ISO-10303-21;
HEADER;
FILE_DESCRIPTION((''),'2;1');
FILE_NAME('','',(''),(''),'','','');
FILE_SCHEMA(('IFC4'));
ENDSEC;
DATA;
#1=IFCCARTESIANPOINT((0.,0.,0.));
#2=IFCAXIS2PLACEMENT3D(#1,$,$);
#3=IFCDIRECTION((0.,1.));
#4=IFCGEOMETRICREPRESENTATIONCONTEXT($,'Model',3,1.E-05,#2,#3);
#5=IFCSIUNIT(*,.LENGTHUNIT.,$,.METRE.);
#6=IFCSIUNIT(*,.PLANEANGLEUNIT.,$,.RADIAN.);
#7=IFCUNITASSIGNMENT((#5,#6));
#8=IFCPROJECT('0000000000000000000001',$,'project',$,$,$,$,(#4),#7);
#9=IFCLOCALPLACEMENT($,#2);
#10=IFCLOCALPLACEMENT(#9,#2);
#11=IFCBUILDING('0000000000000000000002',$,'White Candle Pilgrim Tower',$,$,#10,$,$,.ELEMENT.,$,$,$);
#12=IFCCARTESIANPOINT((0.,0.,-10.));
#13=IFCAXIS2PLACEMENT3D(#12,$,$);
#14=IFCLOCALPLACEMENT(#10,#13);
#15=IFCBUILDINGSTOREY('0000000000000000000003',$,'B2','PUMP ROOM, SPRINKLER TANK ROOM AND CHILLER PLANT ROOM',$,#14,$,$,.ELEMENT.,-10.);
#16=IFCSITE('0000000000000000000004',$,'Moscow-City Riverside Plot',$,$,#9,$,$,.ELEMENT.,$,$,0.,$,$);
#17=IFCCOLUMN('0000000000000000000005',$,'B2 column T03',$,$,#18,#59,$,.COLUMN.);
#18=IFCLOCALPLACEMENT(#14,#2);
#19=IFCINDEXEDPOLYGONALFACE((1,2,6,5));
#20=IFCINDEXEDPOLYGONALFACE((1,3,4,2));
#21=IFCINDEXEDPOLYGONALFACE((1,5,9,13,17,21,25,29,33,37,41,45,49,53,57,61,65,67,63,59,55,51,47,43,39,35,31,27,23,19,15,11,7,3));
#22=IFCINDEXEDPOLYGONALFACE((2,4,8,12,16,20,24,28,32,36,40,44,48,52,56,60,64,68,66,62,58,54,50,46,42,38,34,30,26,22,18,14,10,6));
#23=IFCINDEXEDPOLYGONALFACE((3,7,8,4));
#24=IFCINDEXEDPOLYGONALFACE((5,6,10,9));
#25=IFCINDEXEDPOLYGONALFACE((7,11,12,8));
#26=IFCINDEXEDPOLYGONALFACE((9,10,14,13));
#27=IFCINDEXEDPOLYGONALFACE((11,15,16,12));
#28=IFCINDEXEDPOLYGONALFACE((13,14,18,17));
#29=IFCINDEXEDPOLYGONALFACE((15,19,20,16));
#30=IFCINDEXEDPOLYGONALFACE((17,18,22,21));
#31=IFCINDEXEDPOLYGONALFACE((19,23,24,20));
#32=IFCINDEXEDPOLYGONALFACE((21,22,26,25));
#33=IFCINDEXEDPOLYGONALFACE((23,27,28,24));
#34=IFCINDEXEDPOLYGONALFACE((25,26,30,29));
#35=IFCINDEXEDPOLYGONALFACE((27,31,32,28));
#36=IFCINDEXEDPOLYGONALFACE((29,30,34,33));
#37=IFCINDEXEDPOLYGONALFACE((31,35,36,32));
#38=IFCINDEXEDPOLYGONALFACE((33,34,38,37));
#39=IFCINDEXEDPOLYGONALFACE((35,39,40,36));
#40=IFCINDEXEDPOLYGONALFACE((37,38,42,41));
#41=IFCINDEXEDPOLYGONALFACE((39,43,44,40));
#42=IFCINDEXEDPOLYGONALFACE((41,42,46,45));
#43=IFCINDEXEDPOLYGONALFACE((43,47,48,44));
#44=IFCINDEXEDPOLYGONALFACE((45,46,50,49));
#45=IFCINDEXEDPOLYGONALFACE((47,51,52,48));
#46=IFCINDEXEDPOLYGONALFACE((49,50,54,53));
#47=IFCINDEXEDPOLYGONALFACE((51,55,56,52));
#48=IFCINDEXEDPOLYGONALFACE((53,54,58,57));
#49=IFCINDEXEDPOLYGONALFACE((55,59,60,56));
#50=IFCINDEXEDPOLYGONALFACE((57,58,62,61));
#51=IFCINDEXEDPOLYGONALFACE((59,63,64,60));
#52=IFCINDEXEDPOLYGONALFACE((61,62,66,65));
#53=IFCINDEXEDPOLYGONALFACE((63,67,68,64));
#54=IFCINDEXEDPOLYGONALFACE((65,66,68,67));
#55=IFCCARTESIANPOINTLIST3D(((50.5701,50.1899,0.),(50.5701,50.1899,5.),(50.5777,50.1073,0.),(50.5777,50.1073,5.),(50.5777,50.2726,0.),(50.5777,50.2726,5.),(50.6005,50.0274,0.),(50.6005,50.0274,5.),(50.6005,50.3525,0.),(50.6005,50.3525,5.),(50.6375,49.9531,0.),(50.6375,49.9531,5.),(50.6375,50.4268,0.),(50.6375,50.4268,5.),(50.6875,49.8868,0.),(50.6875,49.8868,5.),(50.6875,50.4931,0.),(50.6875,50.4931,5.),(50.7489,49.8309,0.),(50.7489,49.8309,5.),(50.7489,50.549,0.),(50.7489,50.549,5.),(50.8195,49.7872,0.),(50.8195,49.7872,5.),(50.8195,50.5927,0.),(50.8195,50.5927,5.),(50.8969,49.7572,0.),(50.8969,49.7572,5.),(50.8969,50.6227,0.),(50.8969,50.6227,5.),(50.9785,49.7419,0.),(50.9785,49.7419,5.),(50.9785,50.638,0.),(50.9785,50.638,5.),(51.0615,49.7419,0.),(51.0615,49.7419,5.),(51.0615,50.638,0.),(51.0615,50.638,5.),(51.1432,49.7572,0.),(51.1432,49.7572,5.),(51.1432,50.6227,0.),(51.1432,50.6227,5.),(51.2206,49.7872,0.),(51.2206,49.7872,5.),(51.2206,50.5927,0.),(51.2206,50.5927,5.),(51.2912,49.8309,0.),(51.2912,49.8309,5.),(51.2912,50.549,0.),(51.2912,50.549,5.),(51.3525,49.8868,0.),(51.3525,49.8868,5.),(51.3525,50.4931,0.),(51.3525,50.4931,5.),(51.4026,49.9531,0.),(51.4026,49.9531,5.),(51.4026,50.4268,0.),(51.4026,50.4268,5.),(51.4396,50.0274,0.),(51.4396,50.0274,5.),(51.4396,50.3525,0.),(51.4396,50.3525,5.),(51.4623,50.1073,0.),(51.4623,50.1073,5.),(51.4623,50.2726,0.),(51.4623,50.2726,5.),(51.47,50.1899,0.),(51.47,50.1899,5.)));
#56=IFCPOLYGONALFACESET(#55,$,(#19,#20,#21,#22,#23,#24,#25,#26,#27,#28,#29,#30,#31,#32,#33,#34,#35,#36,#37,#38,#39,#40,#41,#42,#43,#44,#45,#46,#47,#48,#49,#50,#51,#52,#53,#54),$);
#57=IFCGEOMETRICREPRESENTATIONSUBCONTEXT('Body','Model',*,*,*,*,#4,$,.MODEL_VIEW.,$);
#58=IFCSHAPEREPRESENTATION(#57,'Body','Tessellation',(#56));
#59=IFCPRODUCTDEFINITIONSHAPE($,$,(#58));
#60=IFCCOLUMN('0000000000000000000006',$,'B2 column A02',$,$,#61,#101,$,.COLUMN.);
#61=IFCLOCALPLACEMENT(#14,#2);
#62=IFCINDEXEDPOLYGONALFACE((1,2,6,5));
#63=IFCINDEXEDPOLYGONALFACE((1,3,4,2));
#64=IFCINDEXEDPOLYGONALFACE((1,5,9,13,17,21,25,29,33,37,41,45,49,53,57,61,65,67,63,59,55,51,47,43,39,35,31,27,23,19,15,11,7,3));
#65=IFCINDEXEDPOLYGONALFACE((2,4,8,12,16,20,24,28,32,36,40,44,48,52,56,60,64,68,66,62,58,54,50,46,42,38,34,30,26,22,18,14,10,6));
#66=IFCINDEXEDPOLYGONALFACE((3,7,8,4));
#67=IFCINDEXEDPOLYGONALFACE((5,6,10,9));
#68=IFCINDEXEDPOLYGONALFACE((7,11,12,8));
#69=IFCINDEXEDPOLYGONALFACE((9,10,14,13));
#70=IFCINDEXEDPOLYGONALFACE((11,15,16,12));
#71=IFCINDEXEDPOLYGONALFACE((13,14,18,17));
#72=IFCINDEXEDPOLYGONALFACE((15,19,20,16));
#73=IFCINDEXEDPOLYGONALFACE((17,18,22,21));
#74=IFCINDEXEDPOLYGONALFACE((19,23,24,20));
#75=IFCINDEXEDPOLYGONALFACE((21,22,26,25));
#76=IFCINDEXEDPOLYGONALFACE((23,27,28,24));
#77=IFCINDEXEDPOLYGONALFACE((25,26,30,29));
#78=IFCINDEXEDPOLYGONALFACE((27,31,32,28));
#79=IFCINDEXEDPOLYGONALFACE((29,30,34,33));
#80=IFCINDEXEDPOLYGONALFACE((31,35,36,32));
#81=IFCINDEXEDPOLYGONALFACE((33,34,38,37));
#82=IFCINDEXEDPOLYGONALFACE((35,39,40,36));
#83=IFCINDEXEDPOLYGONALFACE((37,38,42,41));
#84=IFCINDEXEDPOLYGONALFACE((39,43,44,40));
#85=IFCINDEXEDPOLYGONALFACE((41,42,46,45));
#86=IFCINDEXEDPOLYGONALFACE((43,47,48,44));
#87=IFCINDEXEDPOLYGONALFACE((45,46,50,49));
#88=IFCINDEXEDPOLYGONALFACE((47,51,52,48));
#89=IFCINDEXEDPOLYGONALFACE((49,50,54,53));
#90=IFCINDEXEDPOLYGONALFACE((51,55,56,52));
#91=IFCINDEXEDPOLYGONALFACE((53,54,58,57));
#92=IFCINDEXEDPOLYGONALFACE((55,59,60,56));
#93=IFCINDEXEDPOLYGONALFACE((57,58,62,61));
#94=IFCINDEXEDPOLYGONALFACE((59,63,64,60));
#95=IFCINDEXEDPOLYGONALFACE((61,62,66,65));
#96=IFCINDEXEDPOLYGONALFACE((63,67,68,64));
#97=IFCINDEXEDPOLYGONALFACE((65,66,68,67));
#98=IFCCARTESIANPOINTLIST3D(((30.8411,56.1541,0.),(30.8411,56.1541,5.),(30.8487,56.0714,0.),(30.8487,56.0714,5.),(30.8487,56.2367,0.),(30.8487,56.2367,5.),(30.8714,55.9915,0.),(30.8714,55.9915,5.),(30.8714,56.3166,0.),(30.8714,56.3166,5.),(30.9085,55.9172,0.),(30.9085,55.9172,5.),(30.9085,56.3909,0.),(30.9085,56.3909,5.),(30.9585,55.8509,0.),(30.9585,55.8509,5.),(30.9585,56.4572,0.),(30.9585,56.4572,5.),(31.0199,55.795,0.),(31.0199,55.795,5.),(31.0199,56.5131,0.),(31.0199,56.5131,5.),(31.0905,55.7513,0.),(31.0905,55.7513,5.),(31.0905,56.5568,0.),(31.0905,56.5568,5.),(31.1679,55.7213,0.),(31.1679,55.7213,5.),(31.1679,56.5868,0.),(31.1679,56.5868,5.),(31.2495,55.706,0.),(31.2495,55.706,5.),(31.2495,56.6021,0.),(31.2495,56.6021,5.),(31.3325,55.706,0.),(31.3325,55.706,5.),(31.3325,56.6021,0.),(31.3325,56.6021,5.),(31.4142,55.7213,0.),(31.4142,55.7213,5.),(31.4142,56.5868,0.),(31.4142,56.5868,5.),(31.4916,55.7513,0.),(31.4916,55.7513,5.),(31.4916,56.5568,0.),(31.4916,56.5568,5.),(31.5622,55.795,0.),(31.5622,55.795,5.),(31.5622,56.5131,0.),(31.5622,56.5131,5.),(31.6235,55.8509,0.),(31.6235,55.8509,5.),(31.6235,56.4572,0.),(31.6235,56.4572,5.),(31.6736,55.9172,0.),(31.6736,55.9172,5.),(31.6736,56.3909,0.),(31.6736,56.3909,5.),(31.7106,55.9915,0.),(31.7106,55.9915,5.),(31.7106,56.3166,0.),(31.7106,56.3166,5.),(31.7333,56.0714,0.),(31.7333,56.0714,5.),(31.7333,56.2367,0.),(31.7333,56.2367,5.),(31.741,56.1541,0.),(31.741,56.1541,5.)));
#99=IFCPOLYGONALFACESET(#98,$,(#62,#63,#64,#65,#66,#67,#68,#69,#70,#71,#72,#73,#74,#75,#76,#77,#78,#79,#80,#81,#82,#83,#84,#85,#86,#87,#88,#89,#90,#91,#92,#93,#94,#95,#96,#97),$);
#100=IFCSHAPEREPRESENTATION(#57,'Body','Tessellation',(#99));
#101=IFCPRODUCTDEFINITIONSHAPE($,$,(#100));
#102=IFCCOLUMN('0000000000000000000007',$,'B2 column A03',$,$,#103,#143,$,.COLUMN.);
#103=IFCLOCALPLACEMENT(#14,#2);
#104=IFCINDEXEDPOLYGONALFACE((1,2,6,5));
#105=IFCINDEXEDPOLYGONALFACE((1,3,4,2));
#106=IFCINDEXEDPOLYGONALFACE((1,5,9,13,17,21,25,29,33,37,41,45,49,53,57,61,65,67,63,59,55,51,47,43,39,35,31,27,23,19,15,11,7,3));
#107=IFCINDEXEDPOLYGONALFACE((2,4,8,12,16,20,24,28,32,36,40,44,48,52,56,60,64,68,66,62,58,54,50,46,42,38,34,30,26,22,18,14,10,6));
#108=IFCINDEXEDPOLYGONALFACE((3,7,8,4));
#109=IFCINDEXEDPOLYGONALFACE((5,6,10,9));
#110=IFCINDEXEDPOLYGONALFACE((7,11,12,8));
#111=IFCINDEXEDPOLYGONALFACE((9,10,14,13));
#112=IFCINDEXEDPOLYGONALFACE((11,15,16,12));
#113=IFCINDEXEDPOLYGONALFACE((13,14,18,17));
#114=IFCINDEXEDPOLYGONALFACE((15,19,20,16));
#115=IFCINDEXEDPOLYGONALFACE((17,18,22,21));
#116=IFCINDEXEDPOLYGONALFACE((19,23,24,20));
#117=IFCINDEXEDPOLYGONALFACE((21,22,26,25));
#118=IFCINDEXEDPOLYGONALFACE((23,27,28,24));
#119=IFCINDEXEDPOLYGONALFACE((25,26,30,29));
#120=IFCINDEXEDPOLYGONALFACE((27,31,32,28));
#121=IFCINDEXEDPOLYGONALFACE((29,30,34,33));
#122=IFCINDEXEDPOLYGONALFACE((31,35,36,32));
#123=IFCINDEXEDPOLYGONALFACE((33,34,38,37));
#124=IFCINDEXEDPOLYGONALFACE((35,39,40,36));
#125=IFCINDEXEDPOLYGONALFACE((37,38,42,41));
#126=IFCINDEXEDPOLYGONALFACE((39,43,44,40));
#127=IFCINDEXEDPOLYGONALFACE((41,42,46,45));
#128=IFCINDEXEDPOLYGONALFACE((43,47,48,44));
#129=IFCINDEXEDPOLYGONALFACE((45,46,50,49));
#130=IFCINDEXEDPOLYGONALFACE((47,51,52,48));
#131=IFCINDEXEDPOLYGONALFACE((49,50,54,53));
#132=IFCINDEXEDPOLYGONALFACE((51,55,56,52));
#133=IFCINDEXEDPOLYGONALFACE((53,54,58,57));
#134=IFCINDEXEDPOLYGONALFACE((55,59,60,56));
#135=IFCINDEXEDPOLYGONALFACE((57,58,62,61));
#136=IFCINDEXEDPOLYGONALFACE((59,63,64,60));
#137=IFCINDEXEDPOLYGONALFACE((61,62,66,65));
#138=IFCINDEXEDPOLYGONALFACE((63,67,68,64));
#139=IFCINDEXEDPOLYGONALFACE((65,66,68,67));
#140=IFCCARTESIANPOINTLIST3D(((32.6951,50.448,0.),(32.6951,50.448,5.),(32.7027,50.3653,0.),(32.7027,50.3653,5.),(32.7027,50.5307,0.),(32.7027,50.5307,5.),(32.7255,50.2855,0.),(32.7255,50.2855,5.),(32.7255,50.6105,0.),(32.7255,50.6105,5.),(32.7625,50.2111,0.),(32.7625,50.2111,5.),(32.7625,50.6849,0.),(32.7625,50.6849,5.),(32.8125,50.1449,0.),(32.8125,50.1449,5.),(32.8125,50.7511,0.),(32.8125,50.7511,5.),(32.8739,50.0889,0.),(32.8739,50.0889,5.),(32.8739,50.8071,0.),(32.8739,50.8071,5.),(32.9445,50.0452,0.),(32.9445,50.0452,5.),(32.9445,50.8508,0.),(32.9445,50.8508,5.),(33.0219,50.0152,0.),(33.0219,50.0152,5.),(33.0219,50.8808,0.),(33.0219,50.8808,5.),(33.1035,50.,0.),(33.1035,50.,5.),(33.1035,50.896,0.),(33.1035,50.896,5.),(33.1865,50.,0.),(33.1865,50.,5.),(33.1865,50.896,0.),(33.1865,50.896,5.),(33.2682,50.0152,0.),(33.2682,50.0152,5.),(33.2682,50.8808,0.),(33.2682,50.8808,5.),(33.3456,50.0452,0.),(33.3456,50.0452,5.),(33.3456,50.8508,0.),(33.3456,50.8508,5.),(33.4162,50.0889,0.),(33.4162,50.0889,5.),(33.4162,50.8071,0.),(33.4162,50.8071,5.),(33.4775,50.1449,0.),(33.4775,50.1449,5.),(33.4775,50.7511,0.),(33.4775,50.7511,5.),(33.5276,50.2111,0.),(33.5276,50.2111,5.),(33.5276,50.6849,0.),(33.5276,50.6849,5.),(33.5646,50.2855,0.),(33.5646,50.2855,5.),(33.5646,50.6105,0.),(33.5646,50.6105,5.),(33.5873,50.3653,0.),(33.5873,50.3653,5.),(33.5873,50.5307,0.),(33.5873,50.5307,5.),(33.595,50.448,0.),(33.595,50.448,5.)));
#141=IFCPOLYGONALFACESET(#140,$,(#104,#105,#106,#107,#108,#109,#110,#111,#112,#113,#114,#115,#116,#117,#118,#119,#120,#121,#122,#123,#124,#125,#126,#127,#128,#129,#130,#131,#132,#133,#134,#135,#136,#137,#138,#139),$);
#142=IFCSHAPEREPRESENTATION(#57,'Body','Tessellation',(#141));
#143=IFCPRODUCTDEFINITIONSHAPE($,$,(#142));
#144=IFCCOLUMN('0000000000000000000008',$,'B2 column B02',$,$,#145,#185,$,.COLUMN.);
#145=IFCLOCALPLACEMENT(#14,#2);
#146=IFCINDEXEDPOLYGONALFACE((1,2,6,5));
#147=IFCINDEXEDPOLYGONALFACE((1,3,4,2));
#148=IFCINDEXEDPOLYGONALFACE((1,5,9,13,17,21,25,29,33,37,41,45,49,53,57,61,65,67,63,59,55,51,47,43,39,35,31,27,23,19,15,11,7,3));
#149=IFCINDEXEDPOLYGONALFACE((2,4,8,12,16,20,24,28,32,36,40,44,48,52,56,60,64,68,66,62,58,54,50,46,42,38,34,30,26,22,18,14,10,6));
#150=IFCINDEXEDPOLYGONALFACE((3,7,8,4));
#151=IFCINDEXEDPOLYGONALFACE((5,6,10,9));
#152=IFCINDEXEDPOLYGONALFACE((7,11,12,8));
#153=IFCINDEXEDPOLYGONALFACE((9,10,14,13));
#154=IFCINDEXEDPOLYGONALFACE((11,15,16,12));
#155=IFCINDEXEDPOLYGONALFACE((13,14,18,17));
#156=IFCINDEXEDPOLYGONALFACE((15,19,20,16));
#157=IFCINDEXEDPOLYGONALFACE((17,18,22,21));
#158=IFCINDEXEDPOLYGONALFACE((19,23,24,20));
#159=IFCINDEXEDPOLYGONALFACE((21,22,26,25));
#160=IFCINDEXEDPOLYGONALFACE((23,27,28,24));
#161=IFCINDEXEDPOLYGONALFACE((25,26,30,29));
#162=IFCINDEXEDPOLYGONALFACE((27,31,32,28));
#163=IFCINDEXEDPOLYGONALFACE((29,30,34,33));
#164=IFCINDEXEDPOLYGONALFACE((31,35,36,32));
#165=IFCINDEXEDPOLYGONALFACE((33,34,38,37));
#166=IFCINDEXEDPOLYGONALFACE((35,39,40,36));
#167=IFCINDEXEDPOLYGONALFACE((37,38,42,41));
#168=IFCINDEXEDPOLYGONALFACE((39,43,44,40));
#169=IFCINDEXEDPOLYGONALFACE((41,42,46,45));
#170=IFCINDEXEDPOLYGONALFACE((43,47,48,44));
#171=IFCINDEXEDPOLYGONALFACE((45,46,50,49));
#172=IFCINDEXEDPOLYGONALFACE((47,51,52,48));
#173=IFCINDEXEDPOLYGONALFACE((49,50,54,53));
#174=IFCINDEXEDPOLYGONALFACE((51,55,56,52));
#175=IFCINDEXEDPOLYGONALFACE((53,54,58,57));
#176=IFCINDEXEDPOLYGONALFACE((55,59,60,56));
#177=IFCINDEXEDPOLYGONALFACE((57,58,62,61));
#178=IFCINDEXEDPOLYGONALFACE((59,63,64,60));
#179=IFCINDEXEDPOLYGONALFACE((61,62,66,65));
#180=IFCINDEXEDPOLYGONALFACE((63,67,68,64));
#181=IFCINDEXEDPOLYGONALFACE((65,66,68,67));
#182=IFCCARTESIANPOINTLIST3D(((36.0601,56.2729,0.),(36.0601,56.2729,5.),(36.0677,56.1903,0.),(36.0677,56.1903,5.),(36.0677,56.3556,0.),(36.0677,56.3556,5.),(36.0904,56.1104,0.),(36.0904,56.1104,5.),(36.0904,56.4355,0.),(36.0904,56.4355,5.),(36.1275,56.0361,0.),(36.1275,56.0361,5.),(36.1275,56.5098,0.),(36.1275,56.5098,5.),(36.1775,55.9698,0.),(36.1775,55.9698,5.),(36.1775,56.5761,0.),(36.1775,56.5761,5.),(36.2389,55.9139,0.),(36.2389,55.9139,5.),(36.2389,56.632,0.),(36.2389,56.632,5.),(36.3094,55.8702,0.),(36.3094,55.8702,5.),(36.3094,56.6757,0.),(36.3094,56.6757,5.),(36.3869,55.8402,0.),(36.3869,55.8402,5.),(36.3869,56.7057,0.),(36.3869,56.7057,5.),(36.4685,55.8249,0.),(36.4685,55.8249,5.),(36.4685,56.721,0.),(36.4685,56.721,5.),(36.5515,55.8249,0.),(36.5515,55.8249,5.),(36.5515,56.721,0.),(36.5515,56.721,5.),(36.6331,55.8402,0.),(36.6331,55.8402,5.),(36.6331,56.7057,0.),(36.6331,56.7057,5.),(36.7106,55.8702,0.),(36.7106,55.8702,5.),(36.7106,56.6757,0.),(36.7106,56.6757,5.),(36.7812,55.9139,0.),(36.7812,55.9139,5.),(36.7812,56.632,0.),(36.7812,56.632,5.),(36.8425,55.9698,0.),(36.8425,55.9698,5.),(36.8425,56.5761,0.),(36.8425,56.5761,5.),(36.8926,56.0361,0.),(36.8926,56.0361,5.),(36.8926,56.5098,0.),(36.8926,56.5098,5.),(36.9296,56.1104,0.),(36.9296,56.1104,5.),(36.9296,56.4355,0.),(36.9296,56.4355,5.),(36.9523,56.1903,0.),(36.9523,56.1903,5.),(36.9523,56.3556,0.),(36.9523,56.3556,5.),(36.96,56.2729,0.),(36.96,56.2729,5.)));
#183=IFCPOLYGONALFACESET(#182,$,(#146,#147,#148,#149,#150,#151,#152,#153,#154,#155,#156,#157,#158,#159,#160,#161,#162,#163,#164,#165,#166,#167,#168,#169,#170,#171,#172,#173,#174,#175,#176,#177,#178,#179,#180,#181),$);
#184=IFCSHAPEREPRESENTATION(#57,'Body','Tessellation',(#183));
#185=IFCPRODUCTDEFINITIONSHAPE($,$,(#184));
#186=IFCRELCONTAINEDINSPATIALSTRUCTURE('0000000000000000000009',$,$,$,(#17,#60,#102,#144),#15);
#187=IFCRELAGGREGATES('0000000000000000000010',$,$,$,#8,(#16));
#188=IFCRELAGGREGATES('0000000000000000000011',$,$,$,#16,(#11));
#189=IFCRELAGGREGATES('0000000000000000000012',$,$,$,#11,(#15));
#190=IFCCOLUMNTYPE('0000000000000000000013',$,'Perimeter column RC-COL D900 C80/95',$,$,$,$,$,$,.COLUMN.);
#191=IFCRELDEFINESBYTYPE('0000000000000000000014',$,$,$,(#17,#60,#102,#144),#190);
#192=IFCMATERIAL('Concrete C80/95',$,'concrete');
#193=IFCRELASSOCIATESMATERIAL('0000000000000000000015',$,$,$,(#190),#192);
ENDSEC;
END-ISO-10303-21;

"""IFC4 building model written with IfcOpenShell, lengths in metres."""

from ifc_helpers import new_model, si_unit, direction, frame, origin, origin_2d, place, context, subcontext, project, spatial, circle, extrude, material, material_profile, profile_set, type_object, element, save


model = new_model("IFC4")

# Units and contexts
model_context = context("Model", 3, precision=1e-05, world=origin(), true_north=direction((0.0, 1.0)))
body_context = subcontext(model_context, "Body", "Model", "MODEL_VIEW")
ifc_project = project(units=[si_unit("LENGTHUNIT", "METRE"), si_unit("PLANEANGLEUNIT", "RADIAN")], contexts=[model_context])

# Site, building, storey
site_placement = place(None, origin())
site = spatial("IfcSite", under=ifc_project, at=site_placement, Name="Moscow-City Riverside Plot", CompositionType="ELEMENT", RefElevation=0.0)
building_placement = place(site_placement, origin())
building = spatial("IfcBuilding", under=site, at=building_placement, Name="White Candle Pilgrim Tower", CompositionType="ELEMENT")
storey_placement = place(building_placement, frame((0.0, 0.0, -10.0)))
storey = spatial("IfcBuildingStorey", under=building, at=storey_placement, Name="B2", Description="PUMP ROOM, SPRINKLER TANK ROOM AND CHILLER PLANT ROOM", CompositionType="ELEMENT", Elevation=-10.0)

# Columns
ifc_material_1 = material(Name="Concrete C80/95", Category="concrete")
ifc_material_profile_1 = material_profile(ifc_material_1, circle(Radius=0.45, at=origin_2d()), Name="RC-COL D900")
ifc_profile_set_1 = profile_set([ifc_material_profile_1], Name="Concrete C80/95")
column_type_1 = type_object("IfcColumnType", Name="Perimeter column RC-COL D900 C80/95", PredefinedType="COLUMN", material=ifc_profile_set_1)
for number, where, z_axis, x_axis, name in (
    (1, (51.02, 50.1899, 0.0), (0.0, 0.0, 1.0), (1.0, 0.0, 0.0), "B2 column T03"),
    (2, (31.291, 56.1541, 0.0), (0.0, 0.0, 1.0), (1.0, 0.0, 0.0), "B2 column A02"),
    (3, (33.145, 50.448, 0.0), (0.0, 0.0, 1.0), (1.0, 0.0, 0.0), "B2 column A03"),
    (4, (36.51, 56.2729, 0.0), (0.0, 0.0, 1.0), (1.0, 0.0, 0.0), "B2 column B02"),
):
    element("IfcColumn", number, at=place(storey_placement, frame(where, z_axis=z_axis, x_axis=x_axis)), inside=storey, type_object=column_type_1, Name=name, PredefinedType="COLUMN", context=body_context, shape_type="SweptSolid", body=[
        extrude(circle(Radius=0.45, at=origin_2d()), origin(), (0.0, 0.0, 1.0), 5.0),
    ])

save(model, "model.ifc")
